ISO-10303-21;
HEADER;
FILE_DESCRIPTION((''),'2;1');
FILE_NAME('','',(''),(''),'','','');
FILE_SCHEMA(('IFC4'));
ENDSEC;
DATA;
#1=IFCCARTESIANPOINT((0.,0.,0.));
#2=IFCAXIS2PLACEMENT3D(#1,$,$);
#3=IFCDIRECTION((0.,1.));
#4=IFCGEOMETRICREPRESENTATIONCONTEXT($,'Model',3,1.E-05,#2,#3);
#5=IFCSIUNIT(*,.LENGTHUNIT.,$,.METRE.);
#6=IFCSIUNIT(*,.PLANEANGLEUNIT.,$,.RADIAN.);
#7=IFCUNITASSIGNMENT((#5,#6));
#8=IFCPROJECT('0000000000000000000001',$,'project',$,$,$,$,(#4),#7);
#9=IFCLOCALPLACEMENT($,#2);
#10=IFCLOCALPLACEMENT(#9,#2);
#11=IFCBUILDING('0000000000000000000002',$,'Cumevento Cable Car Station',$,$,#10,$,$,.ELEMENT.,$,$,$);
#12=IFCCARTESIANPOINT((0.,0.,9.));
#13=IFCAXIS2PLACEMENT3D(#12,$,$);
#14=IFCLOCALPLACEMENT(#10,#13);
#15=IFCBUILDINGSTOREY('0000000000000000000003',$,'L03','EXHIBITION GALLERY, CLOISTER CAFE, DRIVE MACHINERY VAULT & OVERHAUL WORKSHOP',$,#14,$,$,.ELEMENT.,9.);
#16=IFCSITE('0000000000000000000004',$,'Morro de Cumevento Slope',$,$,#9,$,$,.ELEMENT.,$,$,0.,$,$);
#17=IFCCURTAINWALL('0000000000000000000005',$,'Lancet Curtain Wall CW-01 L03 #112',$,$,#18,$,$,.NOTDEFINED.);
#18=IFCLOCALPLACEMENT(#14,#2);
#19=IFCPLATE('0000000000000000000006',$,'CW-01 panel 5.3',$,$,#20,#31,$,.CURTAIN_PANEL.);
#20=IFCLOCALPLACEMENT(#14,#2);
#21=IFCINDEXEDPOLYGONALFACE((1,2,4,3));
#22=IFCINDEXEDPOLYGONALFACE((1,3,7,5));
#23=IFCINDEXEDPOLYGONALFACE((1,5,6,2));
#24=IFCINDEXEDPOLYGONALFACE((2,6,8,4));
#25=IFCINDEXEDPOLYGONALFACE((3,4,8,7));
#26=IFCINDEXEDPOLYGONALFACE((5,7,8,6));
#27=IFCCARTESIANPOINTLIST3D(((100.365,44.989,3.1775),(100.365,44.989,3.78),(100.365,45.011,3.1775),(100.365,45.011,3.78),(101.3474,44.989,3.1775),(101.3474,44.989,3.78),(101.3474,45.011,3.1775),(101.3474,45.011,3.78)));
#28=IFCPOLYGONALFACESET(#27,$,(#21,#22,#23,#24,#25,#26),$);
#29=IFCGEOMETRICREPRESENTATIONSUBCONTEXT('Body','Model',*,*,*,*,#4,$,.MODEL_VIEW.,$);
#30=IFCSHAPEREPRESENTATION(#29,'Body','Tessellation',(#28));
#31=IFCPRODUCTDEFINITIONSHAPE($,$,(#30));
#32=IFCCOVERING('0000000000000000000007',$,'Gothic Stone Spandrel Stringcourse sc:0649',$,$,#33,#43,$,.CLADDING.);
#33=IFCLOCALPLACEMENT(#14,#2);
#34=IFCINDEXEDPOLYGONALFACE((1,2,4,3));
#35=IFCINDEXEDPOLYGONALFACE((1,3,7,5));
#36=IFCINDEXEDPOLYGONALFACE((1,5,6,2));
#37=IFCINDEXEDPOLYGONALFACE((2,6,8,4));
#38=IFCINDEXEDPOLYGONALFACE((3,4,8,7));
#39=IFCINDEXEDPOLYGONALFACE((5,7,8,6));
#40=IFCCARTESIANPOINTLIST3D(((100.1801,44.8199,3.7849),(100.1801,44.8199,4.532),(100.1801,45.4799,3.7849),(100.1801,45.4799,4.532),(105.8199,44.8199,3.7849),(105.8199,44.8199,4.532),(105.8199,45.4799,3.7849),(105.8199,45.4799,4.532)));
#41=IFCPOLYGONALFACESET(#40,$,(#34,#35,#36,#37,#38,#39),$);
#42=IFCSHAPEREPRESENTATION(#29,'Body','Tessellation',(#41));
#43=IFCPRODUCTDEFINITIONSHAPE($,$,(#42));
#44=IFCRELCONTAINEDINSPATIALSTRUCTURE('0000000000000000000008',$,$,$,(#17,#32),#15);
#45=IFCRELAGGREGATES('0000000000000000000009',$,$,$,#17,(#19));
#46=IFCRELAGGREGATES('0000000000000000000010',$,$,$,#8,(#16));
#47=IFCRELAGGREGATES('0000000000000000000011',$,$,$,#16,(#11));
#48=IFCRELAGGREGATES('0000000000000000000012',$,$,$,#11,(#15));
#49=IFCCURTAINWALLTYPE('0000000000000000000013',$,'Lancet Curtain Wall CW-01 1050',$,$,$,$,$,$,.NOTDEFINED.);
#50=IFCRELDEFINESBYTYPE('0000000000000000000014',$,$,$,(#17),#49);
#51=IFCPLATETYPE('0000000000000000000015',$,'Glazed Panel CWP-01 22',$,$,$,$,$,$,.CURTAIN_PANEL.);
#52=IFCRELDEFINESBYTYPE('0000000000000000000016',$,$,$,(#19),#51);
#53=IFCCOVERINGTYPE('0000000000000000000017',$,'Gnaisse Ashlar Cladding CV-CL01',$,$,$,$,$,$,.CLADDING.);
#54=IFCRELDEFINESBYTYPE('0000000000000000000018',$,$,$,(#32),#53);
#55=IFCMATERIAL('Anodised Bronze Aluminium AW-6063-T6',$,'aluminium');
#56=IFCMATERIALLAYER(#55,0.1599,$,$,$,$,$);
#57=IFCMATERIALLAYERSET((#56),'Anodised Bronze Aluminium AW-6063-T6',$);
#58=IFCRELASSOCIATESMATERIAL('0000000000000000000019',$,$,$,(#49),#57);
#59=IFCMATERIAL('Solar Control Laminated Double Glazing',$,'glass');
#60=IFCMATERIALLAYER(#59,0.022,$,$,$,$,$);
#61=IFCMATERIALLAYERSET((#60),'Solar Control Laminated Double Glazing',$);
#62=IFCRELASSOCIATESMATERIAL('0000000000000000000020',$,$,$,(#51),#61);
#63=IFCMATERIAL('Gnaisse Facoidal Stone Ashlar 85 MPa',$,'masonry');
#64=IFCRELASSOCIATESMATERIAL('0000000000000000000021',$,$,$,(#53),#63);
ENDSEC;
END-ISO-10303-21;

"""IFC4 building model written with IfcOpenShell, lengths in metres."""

from ifc_helpers import new_model, si_unit, direction, frame, origin, origin_2d, place, context, subcontext, project, spatial, rectangle, extrude, material, layer, layer_set, type_object, element, aggregate, save


model = new_model("IFC4")

# Units and contexts
model_context = context("Model", 3, precision=1e-05, world=origin(), true_north=direction((0.0, 1.0)))
body_context = subcontext(model_context, "Body", "Model", "MODEL_VIEW")
ifc_project = project(units=[si_unit("LENGTHUNIT", "METRE"), si_unit("PLANEANGLEUNIT", "RADIAN")], contexts=[model_context])

# Site, building, storey
site_placement = place(None, origin())
site = spatial("IfcSite", under=ifc_project, at=site_placement, Name="Morro de Cumevento Slope", CompositionType="ELEMENT", RefElevation=0.0)
building_placement = place(site_placement, origin())
building = spatial("IfcBuilding", under=site, at=building_placement, Name="Cumevento Cable Car Station", CompositionType="ELEMENT")
storey_placement = place(building_placement, frame((0.0, 0.0, 9.0)))
storey = spatial("IfcBuildingStorey", under=building, at=storey_placement, Name="L03", Description="EXHIBITION GALLERY, CLOISTER CAFE, DRIVE MACHINERY VAULT & OVERHAUL WORKSHOP", CompositionType="ELEMENT", Elevation=9.0)

# Curtain wall
ifc_material_1 = material(Name="Anodised Bronze Aluminium AW-6063-T6", Category="aluminium")
ifc_layer_1 = layer(ifc_material_1, 0.1599)
ifc_layer_set_1 = layer_set([ifc_layer_1], Name="Anodised Bronze Aluminium AW-6063-T6")
curtain_wall_type = type_object("IfcCurtainWallType", Name="Lancet Curtain Wall CW-01 1050", PredefinedType="NOTDEFINED", material=ifc_layer_set_1)
curtain_wall_placement = place(storey_placement, origin())
curtain_wall = element("IfcCurtainWall", 1, at=curtain_wall_placement, inside=storey, type_object=curtain_wall_type, Name="Lancet Curtain Wall CW-01 L03 #112", PredefinedType="NOTDEFINED")

# Plate
ifc_material_2 = material(Name="Solar Control Laminated Double Glazing", Category="glass")
ifc_layer_2 = layer(ifc_material_2, 0.022)
ifc_layer_set_2 = layer_set([ifc_layer_2], Name="Solar Control Laminated Double Glazing")
plate_type = type_object("IfcPlateType", Name="Glazed Panel CWP-01 22", PredefinedType="CURTAIN_PANEL", material=ifc_layer_set_2)
plate_1_placement = place(storey_placement, frame((100.8562, 45.0, 3.1775), z_axis=(0.0, 0.0, 1.0), x_axis=(-1.0, 0.0, 0.0)))
plate_1 = element("IfcPlate", 2, at=plate_1_placement, type_object=plate_type, Name="CW-01 panel 5.3", PredefinedType="CURTAIN_PANEL", context=body_context, shape_type="SweptSolid", body=[
    extrude(rectangle(XDim=0.9824, YDim=0.022, at=origin_2d()), origin(), (0.0, 0.0, 1.0), 0.6025),
])
aggregate(curtain_wall, [plate_1])

# Covering
ifc_material_3 = material(Name="Gnaisse Facoidal Stone Ashlar 85 MPa", Category="masonry")
covering_type = type_object("IfcCoveringType", Name="Gnaisse Ashlar Cladding CV-CL01", PredefinedType="CLADDING", material=ifc_material_3)
covering_placement = place(storey_placement, frame((103.0, 45.1499, 3.7849), z_axis=(0.0, 0.0, 1.0), x_axis=(-1.0, 0.0, 0.0)))
element("IfcCovering", 3, at=covering_placement, inside=storey, type_object=covering_type, Name="Gothic Stone Spandrel Stringcourse sc:0649", PredefinedType="CLADDING", context=body_context, shape_type="SweptSolid", body=[
    extrude(rectangle(XDim=5.6399, YDim=0.6599, at=origin_2d()), origin(), (0.0, 0.0, 1.0), 0.7471),
])

save(model, "model.ifc")
